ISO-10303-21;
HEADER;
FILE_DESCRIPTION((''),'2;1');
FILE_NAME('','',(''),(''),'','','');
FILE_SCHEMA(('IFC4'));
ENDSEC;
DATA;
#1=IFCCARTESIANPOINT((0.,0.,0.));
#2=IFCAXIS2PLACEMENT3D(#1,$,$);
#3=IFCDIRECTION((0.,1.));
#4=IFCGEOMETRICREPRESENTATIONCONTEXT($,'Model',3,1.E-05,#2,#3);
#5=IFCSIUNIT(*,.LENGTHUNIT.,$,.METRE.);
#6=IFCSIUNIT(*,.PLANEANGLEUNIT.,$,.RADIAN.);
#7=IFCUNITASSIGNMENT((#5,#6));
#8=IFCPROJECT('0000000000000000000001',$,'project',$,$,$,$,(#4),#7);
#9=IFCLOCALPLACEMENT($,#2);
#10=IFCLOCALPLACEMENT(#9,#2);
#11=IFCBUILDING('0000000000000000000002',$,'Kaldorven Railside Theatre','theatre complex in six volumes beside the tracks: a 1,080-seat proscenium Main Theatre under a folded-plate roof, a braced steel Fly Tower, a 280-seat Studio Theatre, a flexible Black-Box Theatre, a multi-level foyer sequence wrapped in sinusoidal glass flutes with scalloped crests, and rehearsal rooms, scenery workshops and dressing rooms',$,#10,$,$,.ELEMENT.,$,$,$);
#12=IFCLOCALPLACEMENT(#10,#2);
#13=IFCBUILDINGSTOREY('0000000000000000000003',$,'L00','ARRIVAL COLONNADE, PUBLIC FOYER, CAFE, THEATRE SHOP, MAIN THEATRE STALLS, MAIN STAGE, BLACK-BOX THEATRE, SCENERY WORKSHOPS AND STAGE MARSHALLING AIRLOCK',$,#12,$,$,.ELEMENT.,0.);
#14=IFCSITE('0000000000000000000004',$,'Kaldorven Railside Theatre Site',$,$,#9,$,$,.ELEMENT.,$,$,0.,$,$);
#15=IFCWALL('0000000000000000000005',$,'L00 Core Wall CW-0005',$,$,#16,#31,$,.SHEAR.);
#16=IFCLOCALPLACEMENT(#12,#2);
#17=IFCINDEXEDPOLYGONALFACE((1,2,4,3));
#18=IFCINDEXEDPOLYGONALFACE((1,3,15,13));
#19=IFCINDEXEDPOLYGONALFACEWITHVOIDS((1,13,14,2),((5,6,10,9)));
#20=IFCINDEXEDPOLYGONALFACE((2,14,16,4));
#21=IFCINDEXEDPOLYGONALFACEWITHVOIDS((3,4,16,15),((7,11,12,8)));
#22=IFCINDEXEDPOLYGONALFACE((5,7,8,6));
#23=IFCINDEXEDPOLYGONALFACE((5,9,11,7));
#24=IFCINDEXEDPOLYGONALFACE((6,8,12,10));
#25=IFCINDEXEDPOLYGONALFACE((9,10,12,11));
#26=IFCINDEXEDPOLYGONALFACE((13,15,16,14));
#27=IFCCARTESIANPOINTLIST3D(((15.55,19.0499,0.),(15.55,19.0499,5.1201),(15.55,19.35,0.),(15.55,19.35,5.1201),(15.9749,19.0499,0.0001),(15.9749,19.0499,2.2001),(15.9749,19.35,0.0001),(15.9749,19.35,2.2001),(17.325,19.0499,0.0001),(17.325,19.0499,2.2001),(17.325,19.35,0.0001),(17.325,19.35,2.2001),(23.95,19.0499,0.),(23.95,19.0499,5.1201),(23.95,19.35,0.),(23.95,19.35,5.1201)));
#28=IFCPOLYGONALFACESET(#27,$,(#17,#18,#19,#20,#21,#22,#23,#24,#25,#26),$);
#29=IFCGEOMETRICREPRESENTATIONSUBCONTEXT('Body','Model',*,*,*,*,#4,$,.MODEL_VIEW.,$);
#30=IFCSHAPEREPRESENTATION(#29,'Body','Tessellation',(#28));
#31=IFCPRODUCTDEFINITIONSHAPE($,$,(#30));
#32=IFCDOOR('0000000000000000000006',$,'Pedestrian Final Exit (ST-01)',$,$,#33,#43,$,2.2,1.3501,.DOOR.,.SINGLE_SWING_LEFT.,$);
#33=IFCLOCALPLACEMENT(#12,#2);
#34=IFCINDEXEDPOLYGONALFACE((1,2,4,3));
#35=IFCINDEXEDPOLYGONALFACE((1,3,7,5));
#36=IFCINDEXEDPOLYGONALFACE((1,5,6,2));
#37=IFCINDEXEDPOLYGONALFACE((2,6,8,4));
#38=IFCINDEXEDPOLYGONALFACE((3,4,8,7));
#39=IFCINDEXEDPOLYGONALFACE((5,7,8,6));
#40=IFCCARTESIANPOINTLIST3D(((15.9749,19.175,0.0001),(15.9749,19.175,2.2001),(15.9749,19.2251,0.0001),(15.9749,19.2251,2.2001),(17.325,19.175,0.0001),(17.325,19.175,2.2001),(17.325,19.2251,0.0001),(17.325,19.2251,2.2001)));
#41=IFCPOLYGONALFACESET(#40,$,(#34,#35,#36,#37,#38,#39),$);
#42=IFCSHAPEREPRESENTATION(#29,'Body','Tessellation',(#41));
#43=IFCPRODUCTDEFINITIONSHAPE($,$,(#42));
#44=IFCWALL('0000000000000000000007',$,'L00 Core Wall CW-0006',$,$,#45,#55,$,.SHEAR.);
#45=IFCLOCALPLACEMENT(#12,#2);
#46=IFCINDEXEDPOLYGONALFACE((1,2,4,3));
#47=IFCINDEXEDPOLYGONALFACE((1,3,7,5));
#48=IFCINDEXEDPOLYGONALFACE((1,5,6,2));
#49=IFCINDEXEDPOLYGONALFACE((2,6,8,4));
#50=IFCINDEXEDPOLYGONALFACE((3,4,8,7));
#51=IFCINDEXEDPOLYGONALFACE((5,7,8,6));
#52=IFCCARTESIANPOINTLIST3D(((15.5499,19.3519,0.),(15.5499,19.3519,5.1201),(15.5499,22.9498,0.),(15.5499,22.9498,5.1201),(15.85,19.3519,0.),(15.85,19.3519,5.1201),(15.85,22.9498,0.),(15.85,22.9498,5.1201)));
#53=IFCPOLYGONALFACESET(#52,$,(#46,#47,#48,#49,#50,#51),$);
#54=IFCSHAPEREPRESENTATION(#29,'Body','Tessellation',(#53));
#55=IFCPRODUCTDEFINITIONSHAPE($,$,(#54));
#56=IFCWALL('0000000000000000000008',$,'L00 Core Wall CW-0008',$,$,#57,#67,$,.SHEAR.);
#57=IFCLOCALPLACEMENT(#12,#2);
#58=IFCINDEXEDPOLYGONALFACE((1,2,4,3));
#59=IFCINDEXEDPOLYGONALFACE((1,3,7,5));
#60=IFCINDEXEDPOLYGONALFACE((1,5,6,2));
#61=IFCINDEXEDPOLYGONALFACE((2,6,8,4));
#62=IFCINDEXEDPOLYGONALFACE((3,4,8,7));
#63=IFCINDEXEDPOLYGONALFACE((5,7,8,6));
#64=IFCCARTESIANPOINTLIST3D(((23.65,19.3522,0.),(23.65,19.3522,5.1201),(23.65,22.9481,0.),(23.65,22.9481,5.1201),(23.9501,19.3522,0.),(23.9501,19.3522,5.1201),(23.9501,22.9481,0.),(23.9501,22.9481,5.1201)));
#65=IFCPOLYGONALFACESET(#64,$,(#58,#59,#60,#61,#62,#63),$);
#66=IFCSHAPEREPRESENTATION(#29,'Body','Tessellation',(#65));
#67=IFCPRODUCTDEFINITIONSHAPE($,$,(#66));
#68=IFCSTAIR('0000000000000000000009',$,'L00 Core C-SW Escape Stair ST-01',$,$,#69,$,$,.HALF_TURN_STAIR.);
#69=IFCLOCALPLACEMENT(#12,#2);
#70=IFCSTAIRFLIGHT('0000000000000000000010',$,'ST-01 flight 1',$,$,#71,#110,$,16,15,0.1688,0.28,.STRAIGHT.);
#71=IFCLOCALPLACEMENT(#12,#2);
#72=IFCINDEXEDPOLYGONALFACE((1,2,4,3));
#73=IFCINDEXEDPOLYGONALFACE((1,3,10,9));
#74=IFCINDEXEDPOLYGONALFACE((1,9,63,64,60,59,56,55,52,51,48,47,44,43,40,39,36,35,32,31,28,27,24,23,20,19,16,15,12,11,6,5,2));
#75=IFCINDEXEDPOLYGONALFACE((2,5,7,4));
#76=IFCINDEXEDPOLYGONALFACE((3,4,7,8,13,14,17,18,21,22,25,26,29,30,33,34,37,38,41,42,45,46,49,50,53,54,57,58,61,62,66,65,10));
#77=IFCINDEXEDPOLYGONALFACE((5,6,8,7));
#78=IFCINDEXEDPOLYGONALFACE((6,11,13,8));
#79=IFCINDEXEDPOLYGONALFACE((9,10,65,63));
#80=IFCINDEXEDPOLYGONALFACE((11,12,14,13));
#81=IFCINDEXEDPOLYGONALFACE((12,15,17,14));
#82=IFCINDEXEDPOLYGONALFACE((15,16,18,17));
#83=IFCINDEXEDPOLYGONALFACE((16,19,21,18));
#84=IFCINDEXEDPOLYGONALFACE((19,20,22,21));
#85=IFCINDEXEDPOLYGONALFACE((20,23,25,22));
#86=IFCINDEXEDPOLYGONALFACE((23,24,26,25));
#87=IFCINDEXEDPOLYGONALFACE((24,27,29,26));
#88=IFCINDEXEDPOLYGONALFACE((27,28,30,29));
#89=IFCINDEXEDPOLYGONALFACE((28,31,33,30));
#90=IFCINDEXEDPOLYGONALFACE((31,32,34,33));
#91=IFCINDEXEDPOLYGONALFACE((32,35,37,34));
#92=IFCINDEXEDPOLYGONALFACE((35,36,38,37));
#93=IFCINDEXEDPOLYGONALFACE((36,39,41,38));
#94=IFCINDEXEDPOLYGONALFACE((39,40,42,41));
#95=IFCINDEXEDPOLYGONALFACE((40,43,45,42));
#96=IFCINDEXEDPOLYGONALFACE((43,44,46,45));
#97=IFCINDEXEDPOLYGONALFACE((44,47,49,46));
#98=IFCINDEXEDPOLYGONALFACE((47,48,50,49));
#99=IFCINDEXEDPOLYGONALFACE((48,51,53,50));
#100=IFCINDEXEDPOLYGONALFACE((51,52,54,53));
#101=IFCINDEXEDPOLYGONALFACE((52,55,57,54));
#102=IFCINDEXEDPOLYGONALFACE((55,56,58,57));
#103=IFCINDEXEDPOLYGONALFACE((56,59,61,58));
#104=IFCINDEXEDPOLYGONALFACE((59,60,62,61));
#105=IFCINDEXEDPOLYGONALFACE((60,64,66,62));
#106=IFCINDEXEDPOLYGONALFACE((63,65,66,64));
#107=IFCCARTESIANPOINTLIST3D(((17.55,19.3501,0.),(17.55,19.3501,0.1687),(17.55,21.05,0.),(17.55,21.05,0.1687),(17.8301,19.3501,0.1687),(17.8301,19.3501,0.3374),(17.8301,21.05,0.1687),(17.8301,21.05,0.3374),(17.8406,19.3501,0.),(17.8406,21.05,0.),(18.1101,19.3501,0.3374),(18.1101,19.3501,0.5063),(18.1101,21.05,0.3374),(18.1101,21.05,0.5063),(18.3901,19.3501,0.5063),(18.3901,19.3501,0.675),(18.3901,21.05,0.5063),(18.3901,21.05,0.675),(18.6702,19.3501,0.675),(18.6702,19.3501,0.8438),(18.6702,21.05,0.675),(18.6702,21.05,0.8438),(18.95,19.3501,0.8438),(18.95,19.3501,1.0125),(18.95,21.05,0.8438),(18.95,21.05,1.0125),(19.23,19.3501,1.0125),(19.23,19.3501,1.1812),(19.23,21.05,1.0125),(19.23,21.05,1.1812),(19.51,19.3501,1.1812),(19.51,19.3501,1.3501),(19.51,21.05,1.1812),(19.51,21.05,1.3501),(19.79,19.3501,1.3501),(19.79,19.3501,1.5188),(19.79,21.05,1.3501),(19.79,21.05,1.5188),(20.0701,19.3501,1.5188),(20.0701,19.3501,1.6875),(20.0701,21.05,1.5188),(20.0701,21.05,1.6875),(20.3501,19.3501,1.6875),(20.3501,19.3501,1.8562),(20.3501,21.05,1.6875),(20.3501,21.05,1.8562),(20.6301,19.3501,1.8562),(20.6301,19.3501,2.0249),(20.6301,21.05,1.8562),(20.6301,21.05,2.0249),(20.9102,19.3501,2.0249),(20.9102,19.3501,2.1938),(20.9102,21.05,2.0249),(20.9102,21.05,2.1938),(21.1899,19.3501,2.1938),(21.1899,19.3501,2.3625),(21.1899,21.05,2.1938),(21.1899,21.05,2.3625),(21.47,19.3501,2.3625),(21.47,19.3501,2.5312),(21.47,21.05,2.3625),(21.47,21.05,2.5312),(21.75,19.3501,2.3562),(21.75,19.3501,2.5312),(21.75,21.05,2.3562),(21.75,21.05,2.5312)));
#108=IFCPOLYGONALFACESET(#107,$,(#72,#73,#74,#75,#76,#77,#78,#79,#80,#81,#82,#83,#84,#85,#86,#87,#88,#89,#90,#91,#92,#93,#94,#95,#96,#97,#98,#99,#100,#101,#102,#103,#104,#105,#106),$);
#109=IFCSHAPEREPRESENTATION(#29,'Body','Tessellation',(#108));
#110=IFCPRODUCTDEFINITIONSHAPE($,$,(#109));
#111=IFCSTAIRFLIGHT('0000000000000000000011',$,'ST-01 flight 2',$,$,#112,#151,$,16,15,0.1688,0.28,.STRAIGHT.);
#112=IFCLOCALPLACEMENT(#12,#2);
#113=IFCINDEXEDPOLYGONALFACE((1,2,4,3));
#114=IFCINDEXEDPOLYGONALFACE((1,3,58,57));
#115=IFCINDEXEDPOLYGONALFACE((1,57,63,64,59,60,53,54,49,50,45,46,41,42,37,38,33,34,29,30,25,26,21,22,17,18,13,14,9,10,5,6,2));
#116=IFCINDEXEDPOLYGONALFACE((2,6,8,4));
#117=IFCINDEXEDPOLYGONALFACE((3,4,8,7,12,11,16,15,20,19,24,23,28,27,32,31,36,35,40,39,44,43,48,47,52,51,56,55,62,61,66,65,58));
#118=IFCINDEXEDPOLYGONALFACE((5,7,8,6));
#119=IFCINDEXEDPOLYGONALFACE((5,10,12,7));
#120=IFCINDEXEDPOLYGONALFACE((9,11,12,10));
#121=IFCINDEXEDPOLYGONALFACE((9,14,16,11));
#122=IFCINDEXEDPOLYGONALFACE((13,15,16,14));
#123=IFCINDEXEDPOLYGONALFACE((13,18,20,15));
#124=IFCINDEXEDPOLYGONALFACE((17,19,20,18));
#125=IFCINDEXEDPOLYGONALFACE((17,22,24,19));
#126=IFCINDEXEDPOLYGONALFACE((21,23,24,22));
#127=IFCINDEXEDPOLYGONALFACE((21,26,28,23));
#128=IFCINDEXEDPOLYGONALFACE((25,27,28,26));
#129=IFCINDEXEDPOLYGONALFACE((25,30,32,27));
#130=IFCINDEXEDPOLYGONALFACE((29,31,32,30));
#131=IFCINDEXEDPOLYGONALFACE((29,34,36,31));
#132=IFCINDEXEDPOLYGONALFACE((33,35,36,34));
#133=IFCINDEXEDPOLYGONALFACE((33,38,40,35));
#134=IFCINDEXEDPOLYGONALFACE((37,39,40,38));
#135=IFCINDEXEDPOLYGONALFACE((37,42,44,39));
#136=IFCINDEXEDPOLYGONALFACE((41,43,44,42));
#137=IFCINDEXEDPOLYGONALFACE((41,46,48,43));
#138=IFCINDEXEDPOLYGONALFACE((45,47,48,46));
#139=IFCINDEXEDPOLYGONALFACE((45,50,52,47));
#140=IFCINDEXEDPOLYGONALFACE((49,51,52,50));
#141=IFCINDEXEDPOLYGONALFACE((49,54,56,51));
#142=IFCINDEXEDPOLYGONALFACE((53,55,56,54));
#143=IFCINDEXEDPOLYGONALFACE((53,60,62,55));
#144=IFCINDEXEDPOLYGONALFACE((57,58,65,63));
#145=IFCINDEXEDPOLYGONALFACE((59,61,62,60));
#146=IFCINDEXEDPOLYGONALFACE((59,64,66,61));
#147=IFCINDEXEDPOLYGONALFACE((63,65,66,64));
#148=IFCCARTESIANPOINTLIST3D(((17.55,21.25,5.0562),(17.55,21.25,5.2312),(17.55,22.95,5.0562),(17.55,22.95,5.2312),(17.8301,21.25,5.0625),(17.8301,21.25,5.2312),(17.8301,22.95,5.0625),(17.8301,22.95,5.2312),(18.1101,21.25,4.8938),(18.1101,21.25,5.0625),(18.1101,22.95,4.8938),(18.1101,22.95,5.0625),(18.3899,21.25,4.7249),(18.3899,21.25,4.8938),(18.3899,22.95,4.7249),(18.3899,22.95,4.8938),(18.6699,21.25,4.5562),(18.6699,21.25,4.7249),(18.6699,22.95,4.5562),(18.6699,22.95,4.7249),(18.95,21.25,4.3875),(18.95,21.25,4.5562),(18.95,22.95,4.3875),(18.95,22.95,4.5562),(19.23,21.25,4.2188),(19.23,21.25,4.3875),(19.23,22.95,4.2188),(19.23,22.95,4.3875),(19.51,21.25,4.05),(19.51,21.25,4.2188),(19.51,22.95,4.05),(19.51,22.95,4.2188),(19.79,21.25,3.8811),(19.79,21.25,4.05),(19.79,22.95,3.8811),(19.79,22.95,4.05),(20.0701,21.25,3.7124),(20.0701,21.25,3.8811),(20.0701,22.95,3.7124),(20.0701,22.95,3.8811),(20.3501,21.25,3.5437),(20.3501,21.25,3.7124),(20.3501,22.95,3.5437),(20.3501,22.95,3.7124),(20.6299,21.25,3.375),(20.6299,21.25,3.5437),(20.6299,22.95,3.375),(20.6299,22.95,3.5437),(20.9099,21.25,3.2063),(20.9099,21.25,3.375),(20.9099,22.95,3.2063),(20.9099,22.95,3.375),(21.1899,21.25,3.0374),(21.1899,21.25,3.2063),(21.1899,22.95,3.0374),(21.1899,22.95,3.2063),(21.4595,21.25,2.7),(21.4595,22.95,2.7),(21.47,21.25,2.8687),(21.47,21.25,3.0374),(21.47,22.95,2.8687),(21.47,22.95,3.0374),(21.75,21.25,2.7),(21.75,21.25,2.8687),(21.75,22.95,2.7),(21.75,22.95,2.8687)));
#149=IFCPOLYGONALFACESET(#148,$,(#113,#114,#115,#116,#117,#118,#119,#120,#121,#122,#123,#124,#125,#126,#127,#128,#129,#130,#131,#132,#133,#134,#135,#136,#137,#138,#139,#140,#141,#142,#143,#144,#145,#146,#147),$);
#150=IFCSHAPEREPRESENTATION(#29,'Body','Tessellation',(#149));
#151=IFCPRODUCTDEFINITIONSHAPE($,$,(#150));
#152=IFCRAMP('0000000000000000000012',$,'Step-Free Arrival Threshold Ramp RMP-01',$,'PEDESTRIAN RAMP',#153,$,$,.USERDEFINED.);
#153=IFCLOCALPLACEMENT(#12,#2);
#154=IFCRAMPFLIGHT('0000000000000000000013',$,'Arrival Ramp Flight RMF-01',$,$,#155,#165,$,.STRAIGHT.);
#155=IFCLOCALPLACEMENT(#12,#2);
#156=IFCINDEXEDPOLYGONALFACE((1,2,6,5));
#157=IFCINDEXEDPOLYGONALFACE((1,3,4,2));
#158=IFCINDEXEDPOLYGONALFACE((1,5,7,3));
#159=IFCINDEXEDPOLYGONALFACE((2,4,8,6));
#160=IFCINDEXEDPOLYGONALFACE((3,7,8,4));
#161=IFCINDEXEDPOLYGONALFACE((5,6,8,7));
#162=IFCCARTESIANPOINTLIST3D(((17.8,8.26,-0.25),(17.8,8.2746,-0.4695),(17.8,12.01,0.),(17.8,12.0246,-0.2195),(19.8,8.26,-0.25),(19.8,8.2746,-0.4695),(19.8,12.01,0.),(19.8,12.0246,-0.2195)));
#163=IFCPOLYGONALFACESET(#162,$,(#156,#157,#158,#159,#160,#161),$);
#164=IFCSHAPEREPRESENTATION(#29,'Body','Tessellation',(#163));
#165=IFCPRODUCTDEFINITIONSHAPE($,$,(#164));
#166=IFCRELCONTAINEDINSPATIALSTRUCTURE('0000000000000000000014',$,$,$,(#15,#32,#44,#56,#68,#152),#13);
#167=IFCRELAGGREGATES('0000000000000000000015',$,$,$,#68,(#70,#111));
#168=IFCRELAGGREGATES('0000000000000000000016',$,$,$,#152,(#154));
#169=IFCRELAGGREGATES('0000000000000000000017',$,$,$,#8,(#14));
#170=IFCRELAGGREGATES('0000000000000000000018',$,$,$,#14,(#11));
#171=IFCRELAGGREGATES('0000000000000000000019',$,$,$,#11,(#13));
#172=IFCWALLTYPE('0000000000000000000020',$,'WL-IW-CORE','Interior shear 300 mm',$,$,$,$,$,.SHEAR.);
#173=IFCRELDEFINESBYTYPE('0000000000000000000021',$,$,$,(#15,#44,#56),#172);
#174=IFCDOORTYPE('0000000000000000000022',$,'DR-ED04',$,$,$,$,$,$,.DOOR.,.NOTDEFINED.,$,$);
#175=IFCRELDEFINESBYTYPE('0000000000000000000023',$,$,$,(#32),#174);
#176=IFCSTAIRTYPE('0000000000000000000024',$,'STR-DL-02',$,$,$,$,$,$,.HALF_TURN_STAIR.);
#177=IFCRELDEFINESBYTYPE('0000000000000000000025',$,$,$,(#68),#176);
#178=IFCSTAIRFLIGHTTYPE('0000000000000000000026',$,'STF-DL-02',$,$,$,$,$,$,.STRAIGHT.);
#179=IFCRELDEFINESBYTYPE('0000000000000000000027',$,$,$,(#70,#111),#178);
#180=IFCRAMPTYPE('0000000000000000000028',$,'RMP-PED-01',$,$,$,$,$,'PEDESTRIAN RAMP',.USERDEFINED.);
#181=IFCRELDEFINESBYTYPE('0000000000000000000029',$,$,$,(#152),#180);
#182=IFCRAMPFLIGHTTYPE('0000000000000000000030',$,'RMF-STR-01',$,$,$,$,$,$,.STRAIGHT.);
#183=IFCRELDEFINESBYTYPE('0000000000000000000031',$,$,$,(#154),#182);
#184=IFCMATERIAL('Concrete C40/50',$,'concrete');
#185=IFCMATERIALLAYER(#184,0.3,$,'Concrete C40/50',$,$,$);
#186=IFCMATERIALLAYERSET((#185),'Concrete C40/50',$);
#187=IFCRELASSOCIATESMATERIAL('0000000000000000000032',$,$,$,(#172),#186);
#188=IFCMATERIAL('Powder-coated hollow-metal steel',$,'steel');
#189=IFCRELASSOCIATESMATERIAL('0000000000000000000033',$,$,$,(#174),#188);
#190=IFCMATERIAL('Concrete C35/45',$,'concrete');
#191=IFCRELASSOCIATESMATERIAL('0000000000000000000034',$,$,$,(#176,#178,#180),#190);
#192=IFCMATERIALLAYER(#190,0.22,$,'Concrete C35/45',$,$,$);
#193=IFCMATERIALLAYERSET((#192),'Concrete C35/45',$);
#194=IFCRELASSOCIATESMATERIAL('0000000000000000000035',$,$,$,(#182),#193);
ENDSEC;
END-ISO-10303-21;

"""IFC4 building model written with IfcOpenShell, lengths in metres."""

from ifc_helpers import new_model, si_unit, direction, frame, frame_2d, origin, place, context, subcontext, project, spatial, polyline, rectangle, outline, extrude, material, layer, layer_set, type_object, element, fill, aggregate, save


model = new_model("IFC4")

# Units and contexts
model_context = context("Model", 3, precision=1e-05, world=origin(), true_north=direction((0.0, 1.0)))
body_context = subcontext(model_context, "Body", "Model", "MODEL_VIEW")
ifc_project = project(units=[si_unit("LENGTHUNIT", "METRE"), si_unit("PLANEANGLEUNIT", "RADIAN")], contexts=[model_context])

# Site, building, storey
site_placement = place(None, origin())
site = spatial("IfcSite", under=ifc_project, at=site_placement, Name="Kaldorven Railside Theatre Site", CompositionType="ELEMENT", RefElevation=0.0)
building_placement = place(site_placement, origin())
building = spatial("IfcBuilding", under=site, at=building_placement, Name="Kaldorven Railside Theatre", Description="theatre complex in six volumes beside the tracks: a 1,080-seat proscenium Main Theatre under a folded-plate roof, a braced steel Fly Tower, a 280-seat Studio Theatre, a flexible Black-Box Theatre, a multi-level foyer sequence wrapped in sinusoidal glass flutes with scalloped crests, and rehearsal rooms, scenery workshops and dressing rooms", CompositionType="ELEMENT")
storey_placement = place(building_placement, origin())
storey = spatial("IfcBuildingStorey", under=building, at=storey_placement, Name="L00", Description="ARRIVAL COLONNADE, PUBLIC FOYER, CAFE, THEATRE SHOP, MAIN THEATRE STALLS, MAIN STAGE, BLACK-BOX THEATRE, SCENERY WORKSHOPS AND STAGE MARSHALLING AIRLOCK", CompositionType="ELEMENT", Elevation=0.0)

# Shared definitions
ifc_material_1 = material(Name="Concrete C40/50", Category="concrete")

# Wall, opening, door
ifc_layer_1 = layer(ifc_material_1, 0.3, Name="Concrete C40/50")
ifc_layer_set_1 = layer_set([ifc_layer_1], Name="Concrete C40/50")
wall_type_1 = type_object("IfcWallType", Name="WL-IW-CORE", Description="Interior shear 300 mm", PredefinedType="SHEAR", material=ifc_layer_set_1)
wall_1_placement = place(storey_placement, frame((23.95, 19.2, 0.0), z_axis=(0.0, 0.0, 1.0), x_axis=(-1.0, 0.0, 0.0)))
wall_1 = element("IfcWall", 1, at=wall_1_placement, inside=storey, type_object=wall_type_1, Name="L00 Core Wall CW-0005", PredefinedType="SHEAR", context=body_context, shape_type="SweptSolid", body=[
    extrude(rectangle(XDim=8.3999, YDim=0.3, at=frame_2d((4.2, 0.0))), origin(), (0.0, 0.0, 1.0), 5.1201),
])
opening_1_placement = place(wall_1_placement, frame((6.625, 0.0, 0.0)))
opening_1 = element("IfcOpeningElement", 2, at=opening_1_placement, cuts=wall_1, PredefinedType="OPENING", context=body_context, shape_type="SweptSolid", body=[
    extrude(rectangle(XDim=1.3501, YDim=2.2, at=frame_2d((0.675, 1.1001))), frame((0.0, 0.1602, 0.0), z_axis=(0.0, -1.0, 0.0), x_axis=(1.0, 0.0, 0.0)), (0.0, 0.0, 1.0), 0.3201),
])
ifc_material_2 = material(Name="Powder-coated hollow-metal steel", Category="steel")
door_type_1 = type_object("IfcDoorType", Name="DR-ED04", OperationType="NOTDEFINED", PredefinedType="DOOR", material=ifc_material_2)
door_1_placement = place(opening_1_placement, origin())
door_1 = element("IfcDoor", 3, at=door_1_placement, inside=storey, type_object=door_type_1, Name="Pedestrian Final Exit (ST-01)", OperationType="SINGLE_SWING_LEFT", OverallHeight=2.2, OverallWidth=1.3501, PredefinedType="DOOR", context=body_context, shape_type="SweptSolid", body=[
    extrude(rectangle(XDim=1.3501, YDim=2.2, at=frame_2d((0.675, 1.1001))), frame((0.0, 0.0249, 0.0), z_axis=(0.0, -1.0, 0.0), x_axis=(1.0, 0.0, 0.0)), (0.0, 0.0, 1.0), 0.05),
])
fill(opening_1, door_1)

# Walls
wall_2_placement = place(storey_placement, frame((15.7, 19.3521, 0.0), z_axis=(0.0, 0.0, 1.0), x_axis=(0.0, 1.0, 0.0)))
element("IfcWall", 4, at=wall_2_placement, inside=storey, type_object=wall_type_1, Name="L00 Core Wall CW-0006", PredefinedType="SHEAR", context=body_context, shape_type="SweptSolid", body=[
    extrude(rectangle(XDim=3.5979, YDim=0.3, at=frame_2d((1.7988, 0.0))), origin(), (0.0, 0.0, 1.0), 5.1201),
])
wall_3_placement = place(storey_placement, frame((23.8, 22.948, 0.0), z_axis=(0.0, 0.0, 1.0), x_axis=(0.0, -1.0, 0.0)))
element("IfcWall", 5, at=wall_3_placement, inside=storey, type_object=wall_type_1, Name="L00 Core Wall CW-0008", PredefinedType="SHEAR", context=body_context, shape_type="SweptSolid", body=[
    extrude(rectangle(XDim=3.5959, YDim=0.3, at=frame_2d((1.7979, 0.0))), origin(), (0.0, 0.0, 1.0), 5.1201),
])

# Stair, stair flights
ifc_material_3 = material(Name="Concrete C35/45", Category="concrete")
stair_type = type_object("IfcStairType", Name="STR-DL-02", PredefinedType="HALF_TURN_STAIR", material=ifc_material_3)
stair_placement = place(storey_placement, origin())
stair = element("IfcStair", 6, at=stair_placement, inside=storey, type_object=stair_type, Name="L00 Core C-SW Escape Stair ST-01", PredefinedType="HALF_TURN_STAIR")
stair_flight_type = type_object("IfcStairFlightType", Name="STF-DL-02", PredefinedType="STRAIGHT", material=ifc_material_3)
stair_flight_1_placement = place(storey_placement, frame((17.55, 20.2, 0.0), z_axis=(0.0, 0.0, 1.0), x_axis=(1.0, 0.0, 0.0)))
stair_flight_1 = element("IfcStairFlight", 7, at=stair_flight_1_placement, type_object=stair_flight_type, Name="ST-01 flight 1", NumberOfRisers=16, NumberOfTreads=15, PredefinedType="STRAIGHT", RiserHeight=0.1688, TreadLength=0.28, context=body_context, shape_type="SweptSolid", body=[
    extrude(outline(polyline([(0.0, 0.0), (0.0, 0.1687), (0.28, 0.1687), (0.28, 0.3374), (0.5601, 0.3374), (0.5601, 0.5063), (0.8401, 0.5063), (0.8401, 0.675), (1.1201, 0.675), (1.1201, 0.8438), (1.3999, 0.8438), (1.3999, 1.0125), (1.6799, 1.0125), (1.6799, 1.1812), (1.96, 1.1812), (1.96, 1.3501), (2.24, 1.3501), (2.24, 1.5188), (2.52, 1.5188), (2.52, 1.6875), (2.8, 1.6875), (2.8, 1.8562), (3.0801, 1.8562), (3.0801, 2.0249), (3.3601, 2.0249), (3.3601, 2.1938), (3.6399, 2.1938), (3.6399, 2.3625), (3.9199, 2.3625), (3.9199, 2.5312), (4.2, 2.5312), (4.2, 2.7), (4.2, 2.3562), (0.2905, 0.0), (0.0, 0.0)])), frame((0.0, 0.8501, 0.0), z_axis=(0.0, -1.0, 0.0), x_axis=(1.0, 0.0, 0.0)), (0.0, 0.0, 1.0), 1.7),
])
stair_flight_2_placement = place(storey_placement, frame((21.75, 22.1001, 2.7), z_axis=(0.0, 0.0, 1.0), x_axis=(-1.0, 0.0, 0.0)))
stair_flight_2 = element("IfcStairFlight", 8, at=stair_flight_2_placement, type_object=stair_flight_type, Name="ST-01 flight 2", NumberOfRisers=16, NumberOfTreads=15, PredefinedType="STRAIGHT", RiserHeight=0.1688, TreadLength=0.28, context=body_context, shape_type="SweptSolid", body=[
    extrude(outline(polyline([(0.0, 0.0), (0.0, 0.1687), (0.28, 0.1687), (0.28, 0.3374), (0.5601, 0.3374), (0.5601, 0.5063), (0.8401, 0.5063), (0.8401, 0.675), (1.1201, 0.675), (1.1201, 0.8438), (1.3999, 0.8438), (1.3999, 1.0125), (1.6799, 1.0125), (1.6799, 1.1812), (1.96, 1.1812), (1.96, 1.3501), (2.24, 1.3501), (2.24, 1.5188), (2.52, 1.5188), (2.52, 1.6875), (2.8, 1.6875), (2.8, 1.8562), (3.0801, 1.8562), (3.0801, 2.0249), (3.3601, 2.0249), (3.3601, 2.1938), (3.6399, 2.1938), (3.6399, 2.3625), (3.9199, 2.3625), (3.9199, 2.5312), (4.2, 2.5312), (4.2, 2.7), (4.2, 2.3562), (0.2905, 0.0), (0.0, 0.0)])), frame((0.0, 0.8501, 0.0), z_axis=(0.0, -1.0, 0.0), x_axis=(1.0, 0.0, 0.0)), (0.0, 0.0, 1.0), 1.7),
])
aggregate(stair, [stair_flight_1, stair_flight_2])

# Ramp, ramp flight
ramp_type = type_object("IfcRampType", Name="RMP-PED-01", ElementType="PEDESTRIAN RAMP", PredefinedType="USERDEFINED", material=ifc_material_3)
ramp_placement = place(storey_placement, origin())
ramp = element("IfcRamp", 9, at=ramp_placement, inside=storey, type_object=ramp_type, Name="Step-Free Arrival Threshold Ramp RMP-01", ObjectType="PEDESTRIAN RAMP", PredefinedType="USERDEFINED")
ifc_layer_2 = layer(ifc_material_3, 0.22, Name="Concrete C35/45")
ifc_layer_set_2 = layer_set([ifc_layer_2], Name="Concrete C35/45")
ramp_flight_type = type_object("IfcRampFlightType", Name="RMF-STR-01", PredefinedType="STRAIGHT", material=ifc_layer_set_2)
ramp_flight_placement = place(storey_placement, frame((17.8, 8.26, -0.25), z_axis=(0.0, -0.066519, 0.997785), x_axis=(1.0, 0.0, 0.0)))
ramp_flight = element("IfcRampFlight", 10, at=ramp_flight_placement, type_object=ramp_flight_type, Name="Arrival Ramp Flight RMF-01", PredefinedType="STRAIGHT", context=body_context, shape_type="SweptSolid", body=[
    extrude(outline(polyline([(0.0, 0.0), (2.0, 0.0), (2.0, 3.7583), (0.0, 3.7583), (0.0, 0.0)])), origin(), (0.0, 0.0, -1.0), 0.22),
])
aggregate(ramp, [ramp_flight])

save(model, "model.ifc")
